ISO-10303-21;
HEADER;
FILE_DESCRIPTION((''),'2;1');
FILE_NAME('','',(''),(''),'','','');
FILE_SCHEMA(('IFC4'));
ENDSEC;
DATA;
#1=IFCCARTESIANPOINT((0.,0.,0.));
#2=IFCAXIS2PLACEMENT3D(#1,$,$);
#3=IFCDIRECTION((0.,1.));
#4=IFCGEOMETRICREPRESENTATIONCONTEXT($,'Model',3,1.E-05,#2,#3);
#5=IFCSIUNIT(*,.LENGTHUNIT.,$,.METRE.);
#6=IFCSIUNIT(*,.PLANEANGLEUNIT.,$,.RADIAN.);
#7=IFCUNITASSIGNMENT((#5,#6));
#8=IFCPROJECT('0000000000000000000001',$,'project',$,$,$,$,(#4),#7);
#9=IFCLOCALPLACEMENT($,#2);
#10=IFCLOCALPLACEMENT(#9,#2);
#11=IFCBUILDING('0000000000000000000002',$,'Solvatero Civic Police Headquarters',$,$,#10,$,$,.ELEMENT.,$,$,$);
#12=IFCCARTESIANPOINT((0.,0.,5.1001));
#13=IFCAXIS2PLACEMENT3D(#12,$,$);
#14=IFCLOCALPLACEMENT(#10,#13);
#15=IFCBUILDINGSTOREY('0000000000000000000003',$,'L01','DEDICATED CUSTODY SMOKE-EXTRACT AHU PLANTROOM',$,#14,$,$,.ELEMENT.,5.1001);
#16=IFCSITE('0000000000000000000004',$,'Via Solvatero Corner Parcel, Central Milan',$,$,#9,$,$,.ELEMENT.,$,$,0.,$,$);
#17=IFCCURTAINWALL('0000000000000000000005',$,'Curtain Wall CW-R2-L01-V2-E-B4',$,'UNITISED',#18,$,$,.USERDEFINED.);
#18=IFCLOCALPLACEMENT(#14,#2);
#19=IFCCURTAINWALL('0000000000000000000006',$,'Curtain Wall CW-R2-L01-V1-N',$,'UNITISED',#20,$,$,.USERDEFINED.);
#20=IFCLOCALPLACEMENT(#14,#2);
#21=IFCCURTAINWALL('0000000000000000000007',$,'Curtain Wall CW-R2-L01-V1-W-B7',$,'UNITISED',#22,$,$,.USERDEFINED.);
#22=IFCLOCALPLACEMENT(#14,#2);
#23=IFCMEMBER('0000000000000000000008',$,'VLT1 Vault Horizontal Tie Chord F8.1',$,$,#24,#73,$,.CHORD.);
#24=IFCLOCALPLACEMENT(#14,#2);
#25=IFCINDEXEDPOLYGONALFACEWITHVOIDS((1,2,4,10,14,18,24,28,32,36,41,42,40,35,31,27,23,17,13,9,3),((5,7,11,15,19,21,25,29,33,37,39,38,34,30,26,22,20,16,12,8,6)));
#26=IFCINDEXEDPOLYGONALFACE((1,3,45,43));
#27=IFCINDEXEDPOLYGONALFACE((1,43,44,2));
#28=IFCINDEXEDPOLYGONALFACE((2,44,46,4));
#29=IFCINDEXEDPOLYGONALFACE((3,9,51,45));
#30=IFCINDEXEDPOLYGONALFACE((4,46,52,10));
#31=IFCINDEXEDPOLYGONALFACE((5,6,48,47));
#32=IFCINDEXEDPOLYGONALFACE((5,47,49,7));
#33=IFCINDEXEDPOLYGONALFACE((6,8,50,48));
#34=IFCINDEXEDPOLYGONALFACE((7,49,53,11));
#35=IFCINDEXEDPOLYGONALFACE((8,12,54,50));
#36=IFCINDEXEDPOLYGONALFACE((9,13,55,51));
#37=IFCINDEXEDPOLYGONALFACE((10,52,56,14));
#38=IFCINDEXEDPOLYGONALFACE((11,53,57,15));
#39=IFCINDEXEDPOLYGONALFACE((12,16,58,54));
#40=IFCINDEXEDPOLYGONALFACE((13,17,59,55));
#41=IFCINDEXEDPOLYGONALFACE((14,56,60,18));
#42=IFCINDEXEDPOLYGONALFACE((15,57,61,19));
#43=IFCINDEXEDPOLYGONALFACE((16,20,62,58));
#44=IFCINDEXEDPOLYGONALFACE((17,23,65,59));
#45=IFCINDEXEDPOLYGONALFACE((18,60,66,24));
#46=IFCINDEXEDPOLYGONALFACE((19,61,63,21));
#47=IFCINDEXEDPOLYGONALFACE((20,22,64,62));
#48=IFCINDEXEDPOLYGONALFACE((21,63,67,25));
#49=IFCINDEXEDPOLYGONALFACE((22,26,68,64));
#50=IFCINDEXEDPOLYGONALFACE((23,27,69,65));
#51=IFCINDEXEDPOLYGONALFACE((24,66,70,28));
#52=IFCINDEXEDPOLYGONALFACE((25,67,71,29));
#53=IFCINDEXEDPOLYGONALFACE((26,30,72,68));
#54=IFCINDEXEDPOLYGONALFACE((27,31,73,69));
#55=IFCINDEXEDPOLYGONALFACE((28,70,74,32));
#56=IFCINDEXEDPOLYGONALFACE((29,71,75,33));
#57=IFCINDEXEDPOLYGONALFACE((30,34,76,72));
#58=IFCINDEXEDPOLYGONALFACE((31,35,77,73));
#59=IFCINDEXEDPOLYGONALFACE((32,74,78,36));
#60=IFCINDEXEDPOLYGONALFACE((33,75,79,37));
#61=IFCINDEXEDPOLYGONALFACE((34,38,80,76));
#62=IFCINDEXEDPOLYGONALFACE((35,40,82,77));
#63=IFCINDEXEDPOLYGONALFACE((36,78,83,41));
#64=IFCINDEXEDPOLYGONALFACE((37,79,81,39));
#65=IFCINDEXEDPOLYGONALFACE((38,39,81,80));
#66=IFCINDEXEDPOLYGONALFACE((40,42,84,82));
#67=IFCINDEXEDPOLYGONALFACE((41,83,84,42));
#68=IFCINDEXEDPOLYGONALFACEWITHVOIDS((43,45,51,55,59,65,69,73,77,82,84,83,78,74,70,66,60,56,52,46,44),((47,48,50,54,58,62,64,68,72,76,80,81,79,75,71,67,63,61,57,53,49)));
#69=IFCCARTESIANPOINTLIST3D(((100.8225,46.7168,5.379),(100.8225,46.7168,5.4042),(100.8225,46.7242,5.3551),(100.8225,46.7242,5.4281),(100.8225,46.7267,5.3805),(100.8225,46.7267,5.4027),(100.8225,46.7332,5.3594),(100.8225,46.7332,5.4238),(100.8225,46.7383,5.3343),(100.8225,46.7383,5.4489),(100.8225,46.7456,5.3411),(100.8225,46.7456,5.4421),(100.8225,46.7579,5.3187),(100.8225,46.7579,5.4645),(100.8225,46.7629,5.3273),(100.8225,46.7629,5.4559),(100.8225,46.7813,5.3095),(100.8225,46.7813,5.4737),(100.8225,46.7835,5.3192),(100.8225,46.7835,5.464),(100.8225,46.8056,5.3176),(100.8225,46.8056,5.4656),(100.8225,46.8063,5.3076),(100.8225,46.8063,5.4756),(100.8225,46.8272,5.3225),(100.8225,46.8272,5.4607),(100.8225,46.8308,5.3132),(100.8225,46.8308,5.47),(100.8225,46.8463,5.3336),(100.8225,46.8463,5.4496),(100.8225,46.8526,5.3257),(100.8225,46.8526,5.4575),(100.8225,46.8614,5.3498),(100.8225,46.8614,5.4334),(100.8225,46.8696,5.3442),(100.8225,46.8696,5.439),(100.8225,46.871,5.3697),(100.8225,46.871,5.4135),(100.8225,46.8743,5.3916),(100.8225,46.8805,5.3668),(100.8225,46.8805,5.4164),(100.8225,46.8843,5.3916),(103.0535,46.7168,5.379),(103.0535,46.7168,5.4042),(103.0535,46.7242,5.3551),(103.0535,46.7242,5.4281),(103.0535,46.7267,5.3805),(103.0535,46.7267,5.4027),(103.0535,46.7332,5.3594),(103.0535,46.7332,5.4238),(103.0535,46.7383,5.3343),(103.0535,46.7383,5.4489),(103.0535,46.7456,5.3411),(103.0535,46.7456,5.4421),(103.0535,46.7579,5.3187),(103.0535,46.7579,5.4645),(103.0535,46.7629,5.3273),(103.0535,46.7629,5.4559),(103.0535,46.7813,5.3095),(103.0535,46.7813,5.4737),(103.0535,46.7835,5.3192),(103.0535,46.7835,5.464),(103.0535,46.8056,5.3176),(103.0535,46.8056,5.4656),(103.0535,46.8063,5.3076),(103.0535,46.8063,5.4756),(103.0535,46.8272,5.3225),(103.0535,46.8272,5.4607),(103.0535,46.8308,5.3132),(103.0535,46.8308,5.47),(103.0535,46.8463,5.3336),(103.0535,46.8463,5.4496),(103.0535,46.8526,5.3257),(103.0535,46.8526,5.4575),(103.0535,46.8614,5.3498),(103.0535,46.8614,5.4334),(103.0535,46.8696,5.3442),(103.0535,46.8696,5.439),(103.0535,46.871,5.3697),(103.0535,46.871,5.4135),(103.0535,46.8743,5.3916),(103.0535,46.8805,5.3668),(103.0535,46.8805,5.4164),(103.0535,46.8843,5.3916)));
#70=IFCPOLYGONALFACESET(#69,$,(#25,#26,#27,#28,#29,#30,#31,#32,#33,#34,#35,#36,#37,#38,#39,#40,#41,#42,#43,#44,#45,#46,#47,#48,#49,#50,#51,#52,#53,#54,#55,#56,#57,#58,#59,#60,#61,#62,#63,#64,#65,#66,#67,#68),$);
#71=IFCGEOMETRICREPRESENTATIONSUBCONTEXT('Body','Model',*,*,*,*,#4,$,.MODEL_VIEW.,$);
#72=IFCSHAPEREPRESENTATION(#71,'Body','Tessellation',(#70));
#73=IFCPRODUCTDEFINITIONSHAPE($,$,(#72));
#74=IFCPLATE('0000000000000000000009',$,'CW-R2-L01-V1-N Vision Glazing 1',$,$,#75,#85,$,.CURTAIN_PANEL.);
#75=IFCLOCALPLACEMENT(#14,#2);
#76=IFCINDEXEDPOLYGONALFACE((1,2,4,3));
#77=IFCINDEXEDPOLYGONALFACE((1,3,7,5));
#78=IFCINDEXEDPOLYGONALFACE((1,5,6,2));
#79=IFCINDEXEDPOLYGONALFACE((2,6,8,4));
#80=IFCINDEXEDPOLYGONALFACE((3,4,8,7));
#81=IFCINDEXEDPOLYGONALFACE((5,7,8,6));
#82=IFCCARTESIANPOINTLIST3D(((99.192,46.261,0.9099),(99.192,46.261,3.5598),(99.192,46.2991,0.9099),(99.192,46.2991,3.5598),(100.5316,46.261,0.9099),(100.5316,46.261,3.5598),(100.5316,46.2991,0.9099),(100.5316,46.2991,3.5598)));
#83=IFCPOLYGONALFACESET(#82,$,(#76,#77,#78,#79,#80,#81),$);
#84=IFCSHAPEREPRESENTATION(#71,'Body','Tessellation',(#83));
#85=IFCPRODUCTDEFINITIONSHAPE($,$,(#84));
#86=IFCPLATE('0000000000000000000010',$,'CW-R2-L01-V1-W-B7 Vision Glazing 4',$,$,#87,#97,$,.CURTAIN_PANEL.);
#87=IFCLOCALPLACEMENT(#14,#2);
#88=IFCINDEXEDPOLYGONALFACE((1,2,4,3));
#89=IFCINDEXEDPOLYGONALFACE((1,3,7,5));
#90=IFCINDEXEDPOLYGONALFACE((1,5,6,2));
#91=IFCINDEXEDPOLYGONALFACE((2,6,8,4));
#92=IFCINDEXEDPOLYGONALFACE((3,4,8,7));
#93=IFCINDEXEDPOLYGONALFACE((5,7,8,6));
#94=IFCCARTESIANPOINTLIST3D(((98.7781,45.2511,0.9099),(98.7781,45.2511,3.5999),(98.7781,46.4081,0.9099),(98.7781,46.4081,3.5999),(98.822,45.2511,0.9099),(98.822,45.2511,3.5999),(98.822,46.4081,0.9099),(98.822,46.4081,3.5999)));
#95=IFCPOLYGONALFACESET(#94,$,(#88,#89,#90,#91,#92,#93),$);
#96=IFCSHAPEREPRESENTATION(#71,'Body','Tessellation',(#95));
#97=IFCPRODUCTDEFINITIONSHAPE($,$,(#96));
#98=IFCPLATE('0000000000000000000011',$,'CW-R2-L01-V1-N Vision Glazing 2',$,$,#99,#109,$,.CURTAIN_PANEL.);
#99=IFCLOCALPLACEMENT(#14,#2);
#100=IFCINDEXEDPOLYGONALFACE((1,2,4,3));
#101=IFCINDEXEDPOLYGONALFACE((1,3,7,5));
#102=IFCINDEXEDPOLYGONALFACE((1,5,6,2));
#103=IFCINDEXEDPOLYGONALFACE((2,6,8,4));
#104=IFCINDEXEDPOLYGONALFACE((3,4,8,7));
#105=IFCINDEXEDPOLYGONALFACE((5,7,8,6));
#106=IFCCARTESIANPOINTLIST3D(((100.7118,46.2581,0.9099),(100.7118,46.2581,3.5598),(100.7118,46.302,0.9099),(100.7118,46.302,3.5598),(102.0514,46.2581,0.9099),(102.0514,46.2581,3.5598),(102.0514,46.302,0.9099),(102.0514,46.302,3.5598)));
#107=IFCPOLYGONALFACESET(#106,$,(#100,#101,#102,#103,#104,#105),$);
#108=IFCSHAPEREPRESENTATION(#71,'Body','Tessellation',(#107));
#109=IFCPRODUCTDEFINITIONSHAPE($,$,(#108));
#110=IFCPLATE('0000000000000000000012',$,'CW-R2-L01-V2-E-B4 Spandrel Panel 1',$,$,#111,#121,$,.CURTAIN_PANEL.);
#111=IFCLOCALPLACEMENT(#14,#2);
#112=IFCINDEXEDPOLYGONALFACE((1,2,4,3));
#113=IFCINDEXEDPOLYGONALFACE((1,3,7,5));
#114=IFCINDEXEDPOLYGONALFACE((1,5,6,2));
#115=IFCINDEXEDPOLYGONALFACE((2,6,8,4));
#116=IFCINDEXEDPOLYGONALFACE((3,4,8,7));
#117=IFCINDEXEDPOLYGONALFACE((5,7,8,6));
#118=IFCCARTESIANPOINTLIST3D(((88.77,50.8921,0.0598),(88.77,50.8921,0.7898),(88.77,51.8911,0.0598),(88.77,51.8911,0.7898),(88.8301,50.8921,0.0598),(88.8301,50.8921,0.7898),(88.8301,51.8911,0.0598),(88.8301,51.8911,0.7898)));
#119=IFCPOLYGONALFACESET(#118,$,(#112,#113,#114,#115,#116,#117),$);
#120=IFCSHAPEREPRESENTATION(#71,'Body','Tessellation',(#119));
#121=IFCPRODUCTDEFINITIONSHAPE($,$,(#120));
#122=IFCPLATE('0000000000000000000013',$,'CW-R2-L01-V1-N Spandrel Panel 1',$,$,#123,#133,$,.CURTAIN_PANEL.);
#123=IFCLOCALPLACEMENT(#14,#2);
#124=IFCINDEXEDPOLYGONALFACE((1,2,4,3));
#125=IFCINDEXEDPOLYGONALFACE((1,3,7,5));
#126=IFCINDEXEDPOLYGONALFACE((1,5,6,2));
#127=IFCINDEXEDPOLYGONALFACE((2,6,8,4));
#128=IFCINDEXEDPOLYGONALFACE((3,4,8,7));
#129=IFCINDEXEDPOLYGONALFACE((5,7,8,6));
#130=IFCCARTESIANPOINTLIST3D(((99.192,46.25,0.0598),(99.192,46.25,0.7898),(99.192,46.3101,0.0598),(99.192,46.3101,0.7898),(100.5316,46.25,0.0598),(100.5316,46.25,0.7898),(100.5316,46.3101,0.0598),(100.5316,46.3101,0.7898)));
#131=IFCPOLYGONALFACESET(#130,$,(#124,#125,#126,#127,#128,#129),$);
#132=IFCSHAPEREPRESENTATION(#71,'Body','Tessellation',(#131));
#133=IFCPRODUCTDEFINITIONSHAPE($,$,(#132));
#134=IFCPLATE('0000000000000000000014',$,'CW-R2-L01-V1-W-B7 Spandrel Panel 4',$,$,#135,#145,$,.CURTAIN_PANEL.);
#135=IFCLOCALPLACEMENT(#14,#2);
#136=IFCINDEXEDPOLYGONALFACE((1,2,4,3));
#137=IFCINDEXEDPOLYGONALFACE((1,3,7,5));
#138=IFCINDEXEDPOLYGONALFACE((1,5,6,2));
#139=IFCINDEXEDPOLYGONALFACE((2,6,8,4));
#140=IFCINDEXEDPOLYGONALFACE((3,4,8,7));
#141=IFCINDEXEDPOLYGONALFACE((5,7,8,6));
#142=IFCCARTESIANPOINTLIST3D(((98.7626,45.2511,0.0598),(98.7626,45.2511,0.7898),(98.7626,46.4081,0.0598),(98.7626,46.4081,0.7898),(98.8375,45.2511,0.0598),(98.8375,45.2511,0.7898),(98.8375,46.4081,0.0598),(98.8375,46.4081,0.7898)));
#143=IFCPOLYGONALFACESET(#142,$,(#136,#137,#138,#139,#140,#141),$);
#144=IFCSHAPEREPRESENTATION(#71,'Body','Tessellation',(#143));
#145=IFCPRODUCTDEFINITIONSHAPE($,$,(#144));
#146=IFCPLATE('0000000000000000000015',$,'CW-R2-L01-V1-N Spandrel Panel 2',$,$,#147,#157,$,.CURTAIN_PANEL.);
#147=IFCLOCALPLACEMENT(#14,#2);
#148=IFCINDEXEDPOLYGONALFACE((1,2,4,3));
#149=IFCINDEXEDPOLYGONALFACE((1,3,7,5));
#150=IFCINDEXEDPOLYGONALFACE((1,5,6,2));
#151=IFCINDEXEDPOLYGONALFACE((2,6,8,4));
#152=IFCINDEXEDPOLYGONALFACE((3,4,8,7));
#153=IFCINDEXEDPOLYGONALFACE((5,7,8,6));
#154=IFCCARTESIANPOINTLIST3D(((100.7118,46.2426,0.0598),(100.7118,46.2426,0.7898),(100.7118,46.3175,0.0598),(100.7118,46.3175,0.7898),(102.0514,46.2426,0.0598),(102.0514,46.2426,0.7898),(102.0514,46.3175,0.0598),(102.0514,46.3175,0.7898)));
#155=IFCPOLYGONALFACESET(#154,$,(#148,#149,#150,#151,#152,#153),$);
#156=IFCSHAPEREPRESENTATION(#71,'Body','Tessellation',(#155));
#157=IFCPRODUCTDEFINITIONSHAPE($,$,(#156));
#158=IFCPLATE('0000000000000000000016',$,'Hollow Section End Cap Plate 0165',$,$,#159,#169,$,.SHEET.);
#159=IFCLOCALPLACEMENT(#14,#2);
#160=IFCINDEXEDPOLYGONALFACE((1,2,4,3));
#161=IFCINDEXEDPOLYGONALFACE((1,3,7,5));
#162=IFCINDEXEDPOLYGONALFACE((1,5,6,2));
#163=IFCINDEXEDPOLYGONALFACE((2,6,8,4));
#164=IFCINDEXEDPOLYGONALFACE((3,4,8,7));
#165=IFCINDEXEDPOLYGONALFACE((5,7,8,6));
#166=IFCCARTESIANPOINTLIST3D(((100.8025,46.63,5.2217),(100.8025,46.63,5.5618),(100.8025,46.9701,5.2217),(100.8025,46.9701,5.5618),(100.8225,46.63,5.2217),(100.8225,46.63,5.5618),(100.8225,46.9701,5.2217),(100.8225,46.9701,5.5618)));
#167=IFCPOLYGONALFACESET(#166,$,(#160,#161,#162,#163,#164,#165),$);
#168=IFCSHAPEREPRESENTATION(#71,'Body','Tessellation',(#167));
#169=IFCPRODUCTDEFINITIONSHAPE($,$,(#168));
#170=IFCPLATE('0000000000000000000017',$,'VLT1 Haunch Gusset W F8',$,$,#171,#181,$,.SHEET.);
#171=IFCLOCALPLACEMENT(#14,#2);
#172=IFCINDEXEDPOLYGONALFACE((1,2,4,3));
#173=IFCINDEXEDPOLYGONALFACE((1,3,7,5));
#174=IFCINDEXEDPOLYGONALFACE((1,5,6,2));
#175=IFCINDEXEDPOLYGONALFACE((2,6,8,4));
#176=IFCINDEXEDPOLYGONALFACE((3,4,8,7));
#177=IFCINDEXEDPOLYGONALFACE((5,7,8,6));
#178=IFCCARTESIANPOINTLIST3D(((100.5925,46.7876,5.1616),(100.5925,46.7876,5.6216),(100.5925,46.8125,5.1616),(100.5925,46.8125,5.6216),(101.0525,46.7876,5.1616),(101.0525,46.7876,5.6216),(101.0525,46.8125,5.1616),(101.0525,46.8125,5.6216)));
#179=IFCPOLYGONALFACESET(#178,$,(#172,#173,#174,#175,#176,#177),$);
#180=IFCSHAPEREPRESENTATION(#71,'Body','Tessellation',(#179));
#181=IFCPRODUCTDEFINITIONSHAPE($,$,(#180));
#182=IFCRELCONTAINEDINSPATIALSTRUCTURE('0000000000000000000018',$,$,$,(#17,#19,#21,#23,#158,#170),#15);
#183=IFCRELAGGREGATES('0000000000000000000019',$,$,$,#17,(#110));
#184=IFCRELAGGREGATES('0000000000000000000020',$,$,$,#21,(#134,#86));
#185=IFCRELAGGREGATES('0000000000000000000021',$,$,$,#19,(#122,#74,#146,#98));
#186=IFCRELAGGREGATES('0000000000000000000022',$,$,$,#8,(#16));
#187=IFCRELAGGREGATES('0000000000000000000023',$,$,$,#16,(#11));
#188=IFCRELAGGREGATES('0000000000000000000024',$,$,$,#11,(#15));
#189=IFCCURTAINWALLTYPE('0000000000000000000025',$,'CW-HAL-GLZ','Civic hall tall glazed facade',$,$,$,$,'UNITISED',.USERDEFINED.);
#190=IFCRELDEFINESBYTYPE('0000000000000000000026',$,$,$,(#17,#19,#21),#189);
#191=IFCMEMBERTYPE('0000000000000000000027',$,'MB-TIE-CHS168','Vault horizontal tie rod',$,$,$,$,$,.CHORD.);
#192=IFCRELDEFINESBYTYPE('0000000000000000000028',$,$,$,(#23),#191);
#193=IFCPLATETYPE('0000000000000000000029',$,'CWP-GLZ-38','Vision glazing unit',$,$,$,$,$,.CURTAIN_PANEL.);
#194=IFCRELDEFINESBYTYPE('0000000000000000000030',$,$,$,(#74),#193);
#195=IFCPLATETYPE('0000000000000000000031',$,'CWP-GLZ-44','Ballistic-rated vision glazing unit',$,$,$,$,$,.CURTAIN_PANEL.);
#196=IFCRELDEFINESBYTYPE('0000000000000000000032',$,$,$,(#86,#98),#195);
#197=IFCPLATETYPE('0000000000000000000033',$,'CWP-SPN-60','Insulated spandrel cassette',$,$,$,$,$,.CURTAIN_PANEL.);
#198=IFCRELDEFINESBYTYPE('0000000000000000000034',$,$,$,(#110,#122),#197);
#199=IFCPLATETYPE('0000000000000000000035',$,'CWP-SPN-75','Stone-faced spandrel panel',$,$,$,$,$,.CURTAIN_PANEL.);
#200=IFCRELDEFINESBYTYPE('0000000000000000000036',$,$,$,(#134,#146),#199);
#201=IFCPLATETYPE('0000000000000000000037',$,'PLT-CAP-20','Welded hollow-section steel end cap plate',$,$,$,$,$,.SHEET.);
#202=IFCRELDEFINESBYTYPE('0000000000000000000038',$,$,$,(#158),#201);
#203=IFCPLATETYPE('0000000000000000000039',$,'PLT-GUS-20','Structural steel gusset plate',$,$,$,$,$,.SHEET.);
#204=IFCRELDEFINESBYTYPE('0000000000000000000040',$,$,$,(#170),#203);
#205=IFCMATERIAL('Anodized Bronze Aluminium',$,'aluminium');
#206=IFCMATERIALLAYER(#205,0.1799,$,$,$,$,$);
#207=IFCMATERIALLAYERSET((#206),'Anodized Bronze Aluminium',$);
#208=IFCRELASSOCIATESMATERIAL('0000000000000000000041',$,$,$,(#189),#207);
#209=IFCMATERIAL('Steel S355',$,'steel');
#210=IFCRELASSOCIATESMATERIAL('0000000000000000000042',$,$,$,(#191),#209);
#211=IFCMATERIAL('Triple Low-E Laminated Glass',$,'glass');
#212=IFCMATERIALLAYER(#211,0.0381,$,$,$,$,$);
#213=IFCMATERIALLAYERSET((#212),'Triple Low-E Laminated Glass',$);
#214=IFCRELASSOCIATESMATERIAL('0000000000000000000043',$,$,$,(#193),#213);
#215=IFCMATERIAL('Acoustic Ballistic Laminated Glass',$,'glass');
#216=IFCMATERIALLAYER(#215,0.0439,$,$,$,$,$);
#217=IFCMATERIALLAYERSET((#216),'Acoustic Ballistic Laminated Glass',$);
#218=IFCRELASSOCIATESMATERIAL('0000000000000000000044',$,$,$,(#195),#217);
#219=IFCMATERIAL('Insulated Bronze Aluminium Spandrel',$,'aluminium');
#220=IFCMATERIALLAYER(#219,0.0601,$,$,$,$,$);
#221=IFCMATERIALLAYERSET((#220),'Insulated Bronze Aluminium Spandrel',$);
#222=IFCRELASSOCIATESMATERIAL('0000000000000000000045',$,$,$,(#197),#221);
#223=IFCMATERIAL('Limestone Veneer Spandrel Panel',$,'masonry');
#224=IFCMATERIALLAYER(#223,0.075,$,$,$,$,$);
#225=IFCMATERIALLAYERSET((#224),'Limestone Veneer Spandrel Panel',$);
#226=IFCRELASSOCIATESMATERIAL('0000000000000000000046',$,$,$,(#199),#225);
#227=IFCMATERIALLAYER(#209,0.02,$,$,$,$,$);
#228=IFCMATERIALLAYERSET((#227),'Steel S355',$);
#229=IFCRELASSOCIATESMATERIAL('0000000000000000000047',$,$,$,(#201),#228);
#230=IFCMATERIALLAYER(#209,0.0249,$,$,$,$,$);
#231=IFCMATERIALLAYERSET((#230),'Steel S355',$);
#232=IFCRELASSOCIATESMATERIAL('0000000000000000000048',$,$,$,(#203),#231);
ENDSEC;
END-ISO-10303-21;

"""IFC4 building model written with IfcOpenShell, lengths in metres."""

from ifc_helpers import new_model, si_unit, direction, frame, origin, origin_2d, place, context, subcontext, project, spatial, rectangle, hollow_circle, extrude, material, layer, layer_set, material_profile, profile_set, type_object, element, aggregate, save


model = new_model("IFC4")

# Units and contexts
model_context = context("Model", 3, precision=1e-05, world=origin(), true_north=direction((0.0, 1.0)))
body_context = subcontext(model_context, "Body", "Model", "MODEL_VIEW")
ifc_project = project(units=[si_unit("LENGTHUNIT", "METRE"), si_unit("PLANEANGLEUNIT", "RADIAN")], contexts=[model_context])

# Site, building, storey
site_placement = place(None, origin())
site = spatial("IfcSite", under=ifc_project, at=site_placement, Name="Via Solvatero Corner Parcel, Central Milan", CompositionType="ELEMENT", RefElevation=0.0)
building_placement = place(site_placement, origin())
building = spatial("IfcBuilding", under=site, at=building_placement, Name="Solvatero Civic Police Headquarters", CompositionType="ELEMENT")
storey_placement = place(building_placement, frame((0.0, 0.0, 5.1001)))
storey = spatial("IfcBuildingStorey", under=building, at=storey_placement, Name="L01", Description="DEDICATED CUSTODY SMOKE-EXTRACT AHU PLANTROOM", CompositionType="ELEMENT", Elevation=5.1001)

# Shared definitions
ifc_material_1 = material(Name="Steel S355", Category="steel")

# Curtain wall
ifc_material_2 = material(Name="Anodized Bronze Aluminium", Category="aluminium")
ifc_layer_1 = layer(ifc_material_2, 0.1799)
ifc_layer_set_1 = layer_set([ifc_layer_1], Name="Anodized Bronze Aluminium")
curtain_wall_type = type_object("IfcCurtainWallType", Name="CW-HAL-GLZ", Description="Civic hall tall glazed facade", ElementType="UNITISED", PredefinedType="USERDEFINED", material=ifc_layer_set_1)
curtain_wall_1_placement = place(storey_placement, origin())
curtain_wall_1 = element("IfcCurtainWall", 1, at=curtain_wall_1_placement, inside=storey, type_object=curtain_wall_type, Name="Curtain Wall CW-R2-L01-V2-E-B4", ObjectType="UNITISED", PredefinedType="USERDEFINED")

# Curtain walls
curtain_wall_2_placement = place(storey_placement, origin())
curtain_wall_2 = element("IfcCurtainWall", 2, at=curtain_wall_2_placement, inside=storey, type_object=curtain_wall_type, Name="Curtain Wall CW-R2-L01-V1-N", ObjectType="UNITISED", PredefinedType="USERDEFINED")
curtain_wall_3_placement = place(storey_placement, origin())
curtain_wall_3 = element("IfcCurtainWall", 3, at=curtain_wall_3_placement, inside=storey, type_object=curtain_wall_type, Name="Curtain Wall CW-R2-L01-V1-W-B7", ObjectType="UNITISED", PredefinedType="USERDEFINED")

# Member
ifc_material_profile_1 = material_profile(ifc_material_1, hollow_circle(Radius=0.0842, WallThickness=0.01, at=origin_2d()), Name="CHS 168.3x10.0")
ifc_profile_set_1 = profile_set([ifc_material_profile_1], Name="Steel S355")
member_type_1 = type_object("IfcMemberType", Name="MB-TIE-CHS168", Description="Vault horizontal tie rod", PredefinedType="CHORD", material=ifc_profile_set_1)
member_1_placement = place(storey_placement, frame((100.8225, 46.8, 5.3916), z_axis=(1.0, 0.0, 0.0), x_axis=(0.0, 1.0, 0.0)))
element("IfcMember", 4, at=member_1_placement, inside=storey, type_object=member_type_1, Name="VLT1 Vault Horizontal Tie Chord F8.1", PredefinedType="CHORD", context=body_context, shape_type="SweptSolid", body=[
    extrude(hollow_circle(Radius=0.0842, WallThickness=0.01, at=origin_2d()), origin(), (0.0, 0.0, 1.0), 2.231),
])

# Plates
ifc_material_3 = material(Name="Triple Low-E Laminated Glass", Category="glass")
ifc_layer_2 = layer(ifc_material_3, 0.0381)
ifc_layer_set_2 = layer_set([ifc_layer_2], Name="Triple Low-E Laminated Glass")
plate_type_1 = type_object("IfcPlateType", Name="CWP-GLZ-38", Description="Vision glazing unit", PredefinedType="CURTAIN_PANEL", material=ifc_layer_set_2)
plate_1_placement = place(storey_placement, frame((99.8618, 46.28, 0.9099), z_axis=(0.0, 0.0, 1.0), x_axis=(1.0, 0.0, 0.0)))
plate_1 = element("IfcPlate", 5, at=plate_1_placement, type_object=plate_type_1, Name="CW-R2-L01-V1-N Vision Glazing 1", PredefinedType="CURTAIN_PANEL", context=body_context, shape_type="SweptSolid", body=[
    extrude(rectangle(XDim=1.3396, YDim=0.0381, at=origin_2d()), origin(), (0.0, 0.0, 1.0), 2.6499),
])
ifc_material_4 = material(Name="Acoustic Ballistic Laminated Glass", Category="glass")
ifc_layer_3 = layer(ifc_material_4, 0.0439)
ifc_layer_set_3 = layer_set([ifc_layer_3], Name="Acoustic Ballistic Laminated Glass")
plate_type_2 = type_object("IfcPlateType", Name="CWP-GLZ-44", Description="Ballistic-rated vision glazing unit", PredefinedType="CURTAIN_PANEL", material=ifc_layer_set_3)
plate_2_placement = place(storey_placement, frame((98.8, 45.8296, 0.9099), z_axis=(0.0, 0.0, 1.0), x_axis=(0.0, 1.0, 0.0)))
plate_2 = element("IfcPlate", 6, at=plate_2_placement, type_object=plate_type_2, Name="CW-R2-L01-V1-W-B7 Vision Glazing 4", PredefinedType="CURTAIN_PANEL", context=body_context, shape_type="SweptSolid", body=[
    extrude(rectangle(XDim=1.157, YDim=0.0439, at=origin_2d()), origin(), (0.0, 0.0, 1.0), 2.6899),
])
plate_3_placement = place(storey_placement, frame((101.3816, 46.28, 0.9099), z_axis=(0.0, 0.0, 1.0), x_axis=(1.0, 0.0, 0.0)))
plate_3 = element("IfcPlate", 7, at=plate_3_placement, type_object=plate_type_2, Name="CW-R2-L01-V1-N Vision Glazing 2", PredefinedType="CURTAIN_PANEL", context=body_context, shape_type="SweptSolid", body=[
    extrude(rectangle(XDim=1.3396, YDim=0.0439, at=origin_2d()), origin(), (0.0, 0.0, 1.0), 2.6499),
])
ifc_material_5 = material(Name="Insulated Bronze Aluminium Spandrel", Category="aluminium")
ifc_layer_4 = layer(ifc_material_5, 0.0601)
ifc_layer_set_4 = layer_set([ifc_layer_4], Name="Insulated Bronze Aluminium Spandrel")
plate_type_3 = type_object("IfcPlateType", Name="CWP-SPN-60", Description="Insulated spandrel cassette", PredefinedType="CURTAIN_PANEL", material=ifc_layer_set_4)
plate_4_placement = place(storey_placement, frame((88.8, 51.3916, 0.0598), z_axis=(0.0, 0.0, 1.0), x_axis=(0.0, 1.0, 0.0)))
plate_4 = element("IfcPlate", 8, at=plate_4_placement, type_object=plate_type_3, Name="CW-R2-L01-V2-E-B4 Spandrel Panel 1", PredefinedType="CURTAIN_PANEL", context=body_context, shape_type="SweptSolid", body=[
    extrude(rectangle(XDim=0.999, YDim=0.0601, at=origin_2d()), origin(), (0.0, 0.0, 1.0), 0.73),
])
aggregate(curtain_wall_1, [plate_4])
plate_5_placement = place(storey_placement, frame((99.8618, 46.28, 0.0598), z_axis=(0.0, 0.0, 1.0), x_axis=(1.0, 0.0, 0.0)))
plate_5 = element("IfcPlate", 9, at=plate_5_placement, type_object=plate_type_3, Name="CW-R2-L01-V1-N Spandrel Panel 1", PredefinedType="CURTAIN_PANEL", context=body_context, shape_type="SweptSolid", body=[
    extrude(rectangle(XDim=1.3396, YDim=0.0601, at=origin_2d()), origin(), (0.0, 0.0, 1.0), 0.73),
])
ifc_material_6 = material(Name="Limestone Veneer Spandrel Panel", Category="masonry")
ifc_layer_5 = layer(ifc_material_6, 0.075)
ifc_layer_set_5 = layer_set([ifc_layer_5], Name="Limestone Veneer Spandrel Panel")
plate_type_4 = type_object("IfcPlateType", Name="CWP-SPN-75", Description="Stone-faced spandrel panel", PredefinedType="CURTAIN_PANEL", material=ifc_layer_set_5)
plate_6_placement = place(storey_placement, frame((98.8, 45.8296, 0.0598), z_axis=(0.0, 0.0, 1.0), x_axis=(0.0, 1.0, 0.0)))
plate_6 = element("IfcPlate", 10, at=plate_6_placement, type_object=plate_type_4, Name="CW-R2-L01-V1-W-B7 Spandrel Panel 4", PredefinedType="CURTAIN_PANEL", context=body_context, shape_type="SweptSolid", body=[
    extrude(rectangle(XDim=1.157, YDim=0.075, at=origin_2d()), origin(), (0.0, 0.0, 1.0), 0.73),
])
aggregate(curtain_wall_3, [plate_6, plate_2])
plate_7_placement = place(storey_placement, frame((101.3816, 46.28, 0.0598), z_axis=(0.0, 0.0, 1.0), x_axis=(1.0, 0.0, 0.0)))
plate_7 = element("IfcPlate", 11, at=plate_7_placement, type_object=plate_type_4, Name="CW-R2-L01-V1-N Spandrel Panel 2", PredefinedType="CURTAIN_PANEL", context=body_context, shape_type="SweptSolid", body=[
    extrude(rectangle(XDim=1.3396, YDim=0.075, at=origin_2d()), origin(), (0.0, 0.0, 1.0), 0.73),
])
aggregate(curtain_wall_2, [plate_5, plate_1, plate_7, plate_3])

# Plates
ifc_layer_6 = layer(ifc_material_1, 0.02)
ifc_layer_set_6 = layer_set([ifc_layer_6], Name="Steel S355")
plate_type_5 = type_object("IfcPlateType", Name="PLT-CAP-20", Description="Welded hollow-section steel end cap plate", PredefinedType="SHEET", material=ifc_layer_set_6)
plate_8_placement = place(storey_placement, frame((100.8125, 46.8, 5.2217), z_axis=(0.0, 0.0, 1.0), x_axis=(1.0, 0.0, 0.0)))
element("IfcPlate", 12, at=plate_8_placement, inside=storey, type_object=plate_type_5, Name="Hollow Section End Cap Plate 0165", PredefinedType="SHEET", context=body_context, shape_type="SweptSolid", body=[
    extrude(rectangle(XDim=0.02, YDim=0.3401, at=origin_2d()), origin(), (0.0, 0.0, 1.0), 0.3401),
])
ifc_layer_7 = layer(ifc_material_1, 0.0249)
ifc_layer_set_7 = layer_set([ifc_layer_7], Name="Steel S355")
plate_type_6 = type_object("IfcPlateType", Name="PLT-GUS-20", Description="Structural steel gusset plate", PredefinedType="SHEET", material=ifc_layer_set_7)
plate_9_placement = place(storey_placement, frame((100.8225, 46.8, 5.1616), z_axis=(0.0, 0.0, 1.0), x_axis=(1.0, 0.0, 0.0)))
element("IfcPlate", 13, at=plate_9_placement, inside=storey, type_object=plate_type_6, Name="VLT1 Haunch Gusset W F8", PredefinedType="SHEET", context=body_context, shape_type="SweptSolid", body=[
    extrude(rectangle(XDim=0.46, YDim=0.0249, at=origin_2d()), origin(), (0.0, 0.0, 1.0), 0.46),
])

save(model, "model.ifc")
